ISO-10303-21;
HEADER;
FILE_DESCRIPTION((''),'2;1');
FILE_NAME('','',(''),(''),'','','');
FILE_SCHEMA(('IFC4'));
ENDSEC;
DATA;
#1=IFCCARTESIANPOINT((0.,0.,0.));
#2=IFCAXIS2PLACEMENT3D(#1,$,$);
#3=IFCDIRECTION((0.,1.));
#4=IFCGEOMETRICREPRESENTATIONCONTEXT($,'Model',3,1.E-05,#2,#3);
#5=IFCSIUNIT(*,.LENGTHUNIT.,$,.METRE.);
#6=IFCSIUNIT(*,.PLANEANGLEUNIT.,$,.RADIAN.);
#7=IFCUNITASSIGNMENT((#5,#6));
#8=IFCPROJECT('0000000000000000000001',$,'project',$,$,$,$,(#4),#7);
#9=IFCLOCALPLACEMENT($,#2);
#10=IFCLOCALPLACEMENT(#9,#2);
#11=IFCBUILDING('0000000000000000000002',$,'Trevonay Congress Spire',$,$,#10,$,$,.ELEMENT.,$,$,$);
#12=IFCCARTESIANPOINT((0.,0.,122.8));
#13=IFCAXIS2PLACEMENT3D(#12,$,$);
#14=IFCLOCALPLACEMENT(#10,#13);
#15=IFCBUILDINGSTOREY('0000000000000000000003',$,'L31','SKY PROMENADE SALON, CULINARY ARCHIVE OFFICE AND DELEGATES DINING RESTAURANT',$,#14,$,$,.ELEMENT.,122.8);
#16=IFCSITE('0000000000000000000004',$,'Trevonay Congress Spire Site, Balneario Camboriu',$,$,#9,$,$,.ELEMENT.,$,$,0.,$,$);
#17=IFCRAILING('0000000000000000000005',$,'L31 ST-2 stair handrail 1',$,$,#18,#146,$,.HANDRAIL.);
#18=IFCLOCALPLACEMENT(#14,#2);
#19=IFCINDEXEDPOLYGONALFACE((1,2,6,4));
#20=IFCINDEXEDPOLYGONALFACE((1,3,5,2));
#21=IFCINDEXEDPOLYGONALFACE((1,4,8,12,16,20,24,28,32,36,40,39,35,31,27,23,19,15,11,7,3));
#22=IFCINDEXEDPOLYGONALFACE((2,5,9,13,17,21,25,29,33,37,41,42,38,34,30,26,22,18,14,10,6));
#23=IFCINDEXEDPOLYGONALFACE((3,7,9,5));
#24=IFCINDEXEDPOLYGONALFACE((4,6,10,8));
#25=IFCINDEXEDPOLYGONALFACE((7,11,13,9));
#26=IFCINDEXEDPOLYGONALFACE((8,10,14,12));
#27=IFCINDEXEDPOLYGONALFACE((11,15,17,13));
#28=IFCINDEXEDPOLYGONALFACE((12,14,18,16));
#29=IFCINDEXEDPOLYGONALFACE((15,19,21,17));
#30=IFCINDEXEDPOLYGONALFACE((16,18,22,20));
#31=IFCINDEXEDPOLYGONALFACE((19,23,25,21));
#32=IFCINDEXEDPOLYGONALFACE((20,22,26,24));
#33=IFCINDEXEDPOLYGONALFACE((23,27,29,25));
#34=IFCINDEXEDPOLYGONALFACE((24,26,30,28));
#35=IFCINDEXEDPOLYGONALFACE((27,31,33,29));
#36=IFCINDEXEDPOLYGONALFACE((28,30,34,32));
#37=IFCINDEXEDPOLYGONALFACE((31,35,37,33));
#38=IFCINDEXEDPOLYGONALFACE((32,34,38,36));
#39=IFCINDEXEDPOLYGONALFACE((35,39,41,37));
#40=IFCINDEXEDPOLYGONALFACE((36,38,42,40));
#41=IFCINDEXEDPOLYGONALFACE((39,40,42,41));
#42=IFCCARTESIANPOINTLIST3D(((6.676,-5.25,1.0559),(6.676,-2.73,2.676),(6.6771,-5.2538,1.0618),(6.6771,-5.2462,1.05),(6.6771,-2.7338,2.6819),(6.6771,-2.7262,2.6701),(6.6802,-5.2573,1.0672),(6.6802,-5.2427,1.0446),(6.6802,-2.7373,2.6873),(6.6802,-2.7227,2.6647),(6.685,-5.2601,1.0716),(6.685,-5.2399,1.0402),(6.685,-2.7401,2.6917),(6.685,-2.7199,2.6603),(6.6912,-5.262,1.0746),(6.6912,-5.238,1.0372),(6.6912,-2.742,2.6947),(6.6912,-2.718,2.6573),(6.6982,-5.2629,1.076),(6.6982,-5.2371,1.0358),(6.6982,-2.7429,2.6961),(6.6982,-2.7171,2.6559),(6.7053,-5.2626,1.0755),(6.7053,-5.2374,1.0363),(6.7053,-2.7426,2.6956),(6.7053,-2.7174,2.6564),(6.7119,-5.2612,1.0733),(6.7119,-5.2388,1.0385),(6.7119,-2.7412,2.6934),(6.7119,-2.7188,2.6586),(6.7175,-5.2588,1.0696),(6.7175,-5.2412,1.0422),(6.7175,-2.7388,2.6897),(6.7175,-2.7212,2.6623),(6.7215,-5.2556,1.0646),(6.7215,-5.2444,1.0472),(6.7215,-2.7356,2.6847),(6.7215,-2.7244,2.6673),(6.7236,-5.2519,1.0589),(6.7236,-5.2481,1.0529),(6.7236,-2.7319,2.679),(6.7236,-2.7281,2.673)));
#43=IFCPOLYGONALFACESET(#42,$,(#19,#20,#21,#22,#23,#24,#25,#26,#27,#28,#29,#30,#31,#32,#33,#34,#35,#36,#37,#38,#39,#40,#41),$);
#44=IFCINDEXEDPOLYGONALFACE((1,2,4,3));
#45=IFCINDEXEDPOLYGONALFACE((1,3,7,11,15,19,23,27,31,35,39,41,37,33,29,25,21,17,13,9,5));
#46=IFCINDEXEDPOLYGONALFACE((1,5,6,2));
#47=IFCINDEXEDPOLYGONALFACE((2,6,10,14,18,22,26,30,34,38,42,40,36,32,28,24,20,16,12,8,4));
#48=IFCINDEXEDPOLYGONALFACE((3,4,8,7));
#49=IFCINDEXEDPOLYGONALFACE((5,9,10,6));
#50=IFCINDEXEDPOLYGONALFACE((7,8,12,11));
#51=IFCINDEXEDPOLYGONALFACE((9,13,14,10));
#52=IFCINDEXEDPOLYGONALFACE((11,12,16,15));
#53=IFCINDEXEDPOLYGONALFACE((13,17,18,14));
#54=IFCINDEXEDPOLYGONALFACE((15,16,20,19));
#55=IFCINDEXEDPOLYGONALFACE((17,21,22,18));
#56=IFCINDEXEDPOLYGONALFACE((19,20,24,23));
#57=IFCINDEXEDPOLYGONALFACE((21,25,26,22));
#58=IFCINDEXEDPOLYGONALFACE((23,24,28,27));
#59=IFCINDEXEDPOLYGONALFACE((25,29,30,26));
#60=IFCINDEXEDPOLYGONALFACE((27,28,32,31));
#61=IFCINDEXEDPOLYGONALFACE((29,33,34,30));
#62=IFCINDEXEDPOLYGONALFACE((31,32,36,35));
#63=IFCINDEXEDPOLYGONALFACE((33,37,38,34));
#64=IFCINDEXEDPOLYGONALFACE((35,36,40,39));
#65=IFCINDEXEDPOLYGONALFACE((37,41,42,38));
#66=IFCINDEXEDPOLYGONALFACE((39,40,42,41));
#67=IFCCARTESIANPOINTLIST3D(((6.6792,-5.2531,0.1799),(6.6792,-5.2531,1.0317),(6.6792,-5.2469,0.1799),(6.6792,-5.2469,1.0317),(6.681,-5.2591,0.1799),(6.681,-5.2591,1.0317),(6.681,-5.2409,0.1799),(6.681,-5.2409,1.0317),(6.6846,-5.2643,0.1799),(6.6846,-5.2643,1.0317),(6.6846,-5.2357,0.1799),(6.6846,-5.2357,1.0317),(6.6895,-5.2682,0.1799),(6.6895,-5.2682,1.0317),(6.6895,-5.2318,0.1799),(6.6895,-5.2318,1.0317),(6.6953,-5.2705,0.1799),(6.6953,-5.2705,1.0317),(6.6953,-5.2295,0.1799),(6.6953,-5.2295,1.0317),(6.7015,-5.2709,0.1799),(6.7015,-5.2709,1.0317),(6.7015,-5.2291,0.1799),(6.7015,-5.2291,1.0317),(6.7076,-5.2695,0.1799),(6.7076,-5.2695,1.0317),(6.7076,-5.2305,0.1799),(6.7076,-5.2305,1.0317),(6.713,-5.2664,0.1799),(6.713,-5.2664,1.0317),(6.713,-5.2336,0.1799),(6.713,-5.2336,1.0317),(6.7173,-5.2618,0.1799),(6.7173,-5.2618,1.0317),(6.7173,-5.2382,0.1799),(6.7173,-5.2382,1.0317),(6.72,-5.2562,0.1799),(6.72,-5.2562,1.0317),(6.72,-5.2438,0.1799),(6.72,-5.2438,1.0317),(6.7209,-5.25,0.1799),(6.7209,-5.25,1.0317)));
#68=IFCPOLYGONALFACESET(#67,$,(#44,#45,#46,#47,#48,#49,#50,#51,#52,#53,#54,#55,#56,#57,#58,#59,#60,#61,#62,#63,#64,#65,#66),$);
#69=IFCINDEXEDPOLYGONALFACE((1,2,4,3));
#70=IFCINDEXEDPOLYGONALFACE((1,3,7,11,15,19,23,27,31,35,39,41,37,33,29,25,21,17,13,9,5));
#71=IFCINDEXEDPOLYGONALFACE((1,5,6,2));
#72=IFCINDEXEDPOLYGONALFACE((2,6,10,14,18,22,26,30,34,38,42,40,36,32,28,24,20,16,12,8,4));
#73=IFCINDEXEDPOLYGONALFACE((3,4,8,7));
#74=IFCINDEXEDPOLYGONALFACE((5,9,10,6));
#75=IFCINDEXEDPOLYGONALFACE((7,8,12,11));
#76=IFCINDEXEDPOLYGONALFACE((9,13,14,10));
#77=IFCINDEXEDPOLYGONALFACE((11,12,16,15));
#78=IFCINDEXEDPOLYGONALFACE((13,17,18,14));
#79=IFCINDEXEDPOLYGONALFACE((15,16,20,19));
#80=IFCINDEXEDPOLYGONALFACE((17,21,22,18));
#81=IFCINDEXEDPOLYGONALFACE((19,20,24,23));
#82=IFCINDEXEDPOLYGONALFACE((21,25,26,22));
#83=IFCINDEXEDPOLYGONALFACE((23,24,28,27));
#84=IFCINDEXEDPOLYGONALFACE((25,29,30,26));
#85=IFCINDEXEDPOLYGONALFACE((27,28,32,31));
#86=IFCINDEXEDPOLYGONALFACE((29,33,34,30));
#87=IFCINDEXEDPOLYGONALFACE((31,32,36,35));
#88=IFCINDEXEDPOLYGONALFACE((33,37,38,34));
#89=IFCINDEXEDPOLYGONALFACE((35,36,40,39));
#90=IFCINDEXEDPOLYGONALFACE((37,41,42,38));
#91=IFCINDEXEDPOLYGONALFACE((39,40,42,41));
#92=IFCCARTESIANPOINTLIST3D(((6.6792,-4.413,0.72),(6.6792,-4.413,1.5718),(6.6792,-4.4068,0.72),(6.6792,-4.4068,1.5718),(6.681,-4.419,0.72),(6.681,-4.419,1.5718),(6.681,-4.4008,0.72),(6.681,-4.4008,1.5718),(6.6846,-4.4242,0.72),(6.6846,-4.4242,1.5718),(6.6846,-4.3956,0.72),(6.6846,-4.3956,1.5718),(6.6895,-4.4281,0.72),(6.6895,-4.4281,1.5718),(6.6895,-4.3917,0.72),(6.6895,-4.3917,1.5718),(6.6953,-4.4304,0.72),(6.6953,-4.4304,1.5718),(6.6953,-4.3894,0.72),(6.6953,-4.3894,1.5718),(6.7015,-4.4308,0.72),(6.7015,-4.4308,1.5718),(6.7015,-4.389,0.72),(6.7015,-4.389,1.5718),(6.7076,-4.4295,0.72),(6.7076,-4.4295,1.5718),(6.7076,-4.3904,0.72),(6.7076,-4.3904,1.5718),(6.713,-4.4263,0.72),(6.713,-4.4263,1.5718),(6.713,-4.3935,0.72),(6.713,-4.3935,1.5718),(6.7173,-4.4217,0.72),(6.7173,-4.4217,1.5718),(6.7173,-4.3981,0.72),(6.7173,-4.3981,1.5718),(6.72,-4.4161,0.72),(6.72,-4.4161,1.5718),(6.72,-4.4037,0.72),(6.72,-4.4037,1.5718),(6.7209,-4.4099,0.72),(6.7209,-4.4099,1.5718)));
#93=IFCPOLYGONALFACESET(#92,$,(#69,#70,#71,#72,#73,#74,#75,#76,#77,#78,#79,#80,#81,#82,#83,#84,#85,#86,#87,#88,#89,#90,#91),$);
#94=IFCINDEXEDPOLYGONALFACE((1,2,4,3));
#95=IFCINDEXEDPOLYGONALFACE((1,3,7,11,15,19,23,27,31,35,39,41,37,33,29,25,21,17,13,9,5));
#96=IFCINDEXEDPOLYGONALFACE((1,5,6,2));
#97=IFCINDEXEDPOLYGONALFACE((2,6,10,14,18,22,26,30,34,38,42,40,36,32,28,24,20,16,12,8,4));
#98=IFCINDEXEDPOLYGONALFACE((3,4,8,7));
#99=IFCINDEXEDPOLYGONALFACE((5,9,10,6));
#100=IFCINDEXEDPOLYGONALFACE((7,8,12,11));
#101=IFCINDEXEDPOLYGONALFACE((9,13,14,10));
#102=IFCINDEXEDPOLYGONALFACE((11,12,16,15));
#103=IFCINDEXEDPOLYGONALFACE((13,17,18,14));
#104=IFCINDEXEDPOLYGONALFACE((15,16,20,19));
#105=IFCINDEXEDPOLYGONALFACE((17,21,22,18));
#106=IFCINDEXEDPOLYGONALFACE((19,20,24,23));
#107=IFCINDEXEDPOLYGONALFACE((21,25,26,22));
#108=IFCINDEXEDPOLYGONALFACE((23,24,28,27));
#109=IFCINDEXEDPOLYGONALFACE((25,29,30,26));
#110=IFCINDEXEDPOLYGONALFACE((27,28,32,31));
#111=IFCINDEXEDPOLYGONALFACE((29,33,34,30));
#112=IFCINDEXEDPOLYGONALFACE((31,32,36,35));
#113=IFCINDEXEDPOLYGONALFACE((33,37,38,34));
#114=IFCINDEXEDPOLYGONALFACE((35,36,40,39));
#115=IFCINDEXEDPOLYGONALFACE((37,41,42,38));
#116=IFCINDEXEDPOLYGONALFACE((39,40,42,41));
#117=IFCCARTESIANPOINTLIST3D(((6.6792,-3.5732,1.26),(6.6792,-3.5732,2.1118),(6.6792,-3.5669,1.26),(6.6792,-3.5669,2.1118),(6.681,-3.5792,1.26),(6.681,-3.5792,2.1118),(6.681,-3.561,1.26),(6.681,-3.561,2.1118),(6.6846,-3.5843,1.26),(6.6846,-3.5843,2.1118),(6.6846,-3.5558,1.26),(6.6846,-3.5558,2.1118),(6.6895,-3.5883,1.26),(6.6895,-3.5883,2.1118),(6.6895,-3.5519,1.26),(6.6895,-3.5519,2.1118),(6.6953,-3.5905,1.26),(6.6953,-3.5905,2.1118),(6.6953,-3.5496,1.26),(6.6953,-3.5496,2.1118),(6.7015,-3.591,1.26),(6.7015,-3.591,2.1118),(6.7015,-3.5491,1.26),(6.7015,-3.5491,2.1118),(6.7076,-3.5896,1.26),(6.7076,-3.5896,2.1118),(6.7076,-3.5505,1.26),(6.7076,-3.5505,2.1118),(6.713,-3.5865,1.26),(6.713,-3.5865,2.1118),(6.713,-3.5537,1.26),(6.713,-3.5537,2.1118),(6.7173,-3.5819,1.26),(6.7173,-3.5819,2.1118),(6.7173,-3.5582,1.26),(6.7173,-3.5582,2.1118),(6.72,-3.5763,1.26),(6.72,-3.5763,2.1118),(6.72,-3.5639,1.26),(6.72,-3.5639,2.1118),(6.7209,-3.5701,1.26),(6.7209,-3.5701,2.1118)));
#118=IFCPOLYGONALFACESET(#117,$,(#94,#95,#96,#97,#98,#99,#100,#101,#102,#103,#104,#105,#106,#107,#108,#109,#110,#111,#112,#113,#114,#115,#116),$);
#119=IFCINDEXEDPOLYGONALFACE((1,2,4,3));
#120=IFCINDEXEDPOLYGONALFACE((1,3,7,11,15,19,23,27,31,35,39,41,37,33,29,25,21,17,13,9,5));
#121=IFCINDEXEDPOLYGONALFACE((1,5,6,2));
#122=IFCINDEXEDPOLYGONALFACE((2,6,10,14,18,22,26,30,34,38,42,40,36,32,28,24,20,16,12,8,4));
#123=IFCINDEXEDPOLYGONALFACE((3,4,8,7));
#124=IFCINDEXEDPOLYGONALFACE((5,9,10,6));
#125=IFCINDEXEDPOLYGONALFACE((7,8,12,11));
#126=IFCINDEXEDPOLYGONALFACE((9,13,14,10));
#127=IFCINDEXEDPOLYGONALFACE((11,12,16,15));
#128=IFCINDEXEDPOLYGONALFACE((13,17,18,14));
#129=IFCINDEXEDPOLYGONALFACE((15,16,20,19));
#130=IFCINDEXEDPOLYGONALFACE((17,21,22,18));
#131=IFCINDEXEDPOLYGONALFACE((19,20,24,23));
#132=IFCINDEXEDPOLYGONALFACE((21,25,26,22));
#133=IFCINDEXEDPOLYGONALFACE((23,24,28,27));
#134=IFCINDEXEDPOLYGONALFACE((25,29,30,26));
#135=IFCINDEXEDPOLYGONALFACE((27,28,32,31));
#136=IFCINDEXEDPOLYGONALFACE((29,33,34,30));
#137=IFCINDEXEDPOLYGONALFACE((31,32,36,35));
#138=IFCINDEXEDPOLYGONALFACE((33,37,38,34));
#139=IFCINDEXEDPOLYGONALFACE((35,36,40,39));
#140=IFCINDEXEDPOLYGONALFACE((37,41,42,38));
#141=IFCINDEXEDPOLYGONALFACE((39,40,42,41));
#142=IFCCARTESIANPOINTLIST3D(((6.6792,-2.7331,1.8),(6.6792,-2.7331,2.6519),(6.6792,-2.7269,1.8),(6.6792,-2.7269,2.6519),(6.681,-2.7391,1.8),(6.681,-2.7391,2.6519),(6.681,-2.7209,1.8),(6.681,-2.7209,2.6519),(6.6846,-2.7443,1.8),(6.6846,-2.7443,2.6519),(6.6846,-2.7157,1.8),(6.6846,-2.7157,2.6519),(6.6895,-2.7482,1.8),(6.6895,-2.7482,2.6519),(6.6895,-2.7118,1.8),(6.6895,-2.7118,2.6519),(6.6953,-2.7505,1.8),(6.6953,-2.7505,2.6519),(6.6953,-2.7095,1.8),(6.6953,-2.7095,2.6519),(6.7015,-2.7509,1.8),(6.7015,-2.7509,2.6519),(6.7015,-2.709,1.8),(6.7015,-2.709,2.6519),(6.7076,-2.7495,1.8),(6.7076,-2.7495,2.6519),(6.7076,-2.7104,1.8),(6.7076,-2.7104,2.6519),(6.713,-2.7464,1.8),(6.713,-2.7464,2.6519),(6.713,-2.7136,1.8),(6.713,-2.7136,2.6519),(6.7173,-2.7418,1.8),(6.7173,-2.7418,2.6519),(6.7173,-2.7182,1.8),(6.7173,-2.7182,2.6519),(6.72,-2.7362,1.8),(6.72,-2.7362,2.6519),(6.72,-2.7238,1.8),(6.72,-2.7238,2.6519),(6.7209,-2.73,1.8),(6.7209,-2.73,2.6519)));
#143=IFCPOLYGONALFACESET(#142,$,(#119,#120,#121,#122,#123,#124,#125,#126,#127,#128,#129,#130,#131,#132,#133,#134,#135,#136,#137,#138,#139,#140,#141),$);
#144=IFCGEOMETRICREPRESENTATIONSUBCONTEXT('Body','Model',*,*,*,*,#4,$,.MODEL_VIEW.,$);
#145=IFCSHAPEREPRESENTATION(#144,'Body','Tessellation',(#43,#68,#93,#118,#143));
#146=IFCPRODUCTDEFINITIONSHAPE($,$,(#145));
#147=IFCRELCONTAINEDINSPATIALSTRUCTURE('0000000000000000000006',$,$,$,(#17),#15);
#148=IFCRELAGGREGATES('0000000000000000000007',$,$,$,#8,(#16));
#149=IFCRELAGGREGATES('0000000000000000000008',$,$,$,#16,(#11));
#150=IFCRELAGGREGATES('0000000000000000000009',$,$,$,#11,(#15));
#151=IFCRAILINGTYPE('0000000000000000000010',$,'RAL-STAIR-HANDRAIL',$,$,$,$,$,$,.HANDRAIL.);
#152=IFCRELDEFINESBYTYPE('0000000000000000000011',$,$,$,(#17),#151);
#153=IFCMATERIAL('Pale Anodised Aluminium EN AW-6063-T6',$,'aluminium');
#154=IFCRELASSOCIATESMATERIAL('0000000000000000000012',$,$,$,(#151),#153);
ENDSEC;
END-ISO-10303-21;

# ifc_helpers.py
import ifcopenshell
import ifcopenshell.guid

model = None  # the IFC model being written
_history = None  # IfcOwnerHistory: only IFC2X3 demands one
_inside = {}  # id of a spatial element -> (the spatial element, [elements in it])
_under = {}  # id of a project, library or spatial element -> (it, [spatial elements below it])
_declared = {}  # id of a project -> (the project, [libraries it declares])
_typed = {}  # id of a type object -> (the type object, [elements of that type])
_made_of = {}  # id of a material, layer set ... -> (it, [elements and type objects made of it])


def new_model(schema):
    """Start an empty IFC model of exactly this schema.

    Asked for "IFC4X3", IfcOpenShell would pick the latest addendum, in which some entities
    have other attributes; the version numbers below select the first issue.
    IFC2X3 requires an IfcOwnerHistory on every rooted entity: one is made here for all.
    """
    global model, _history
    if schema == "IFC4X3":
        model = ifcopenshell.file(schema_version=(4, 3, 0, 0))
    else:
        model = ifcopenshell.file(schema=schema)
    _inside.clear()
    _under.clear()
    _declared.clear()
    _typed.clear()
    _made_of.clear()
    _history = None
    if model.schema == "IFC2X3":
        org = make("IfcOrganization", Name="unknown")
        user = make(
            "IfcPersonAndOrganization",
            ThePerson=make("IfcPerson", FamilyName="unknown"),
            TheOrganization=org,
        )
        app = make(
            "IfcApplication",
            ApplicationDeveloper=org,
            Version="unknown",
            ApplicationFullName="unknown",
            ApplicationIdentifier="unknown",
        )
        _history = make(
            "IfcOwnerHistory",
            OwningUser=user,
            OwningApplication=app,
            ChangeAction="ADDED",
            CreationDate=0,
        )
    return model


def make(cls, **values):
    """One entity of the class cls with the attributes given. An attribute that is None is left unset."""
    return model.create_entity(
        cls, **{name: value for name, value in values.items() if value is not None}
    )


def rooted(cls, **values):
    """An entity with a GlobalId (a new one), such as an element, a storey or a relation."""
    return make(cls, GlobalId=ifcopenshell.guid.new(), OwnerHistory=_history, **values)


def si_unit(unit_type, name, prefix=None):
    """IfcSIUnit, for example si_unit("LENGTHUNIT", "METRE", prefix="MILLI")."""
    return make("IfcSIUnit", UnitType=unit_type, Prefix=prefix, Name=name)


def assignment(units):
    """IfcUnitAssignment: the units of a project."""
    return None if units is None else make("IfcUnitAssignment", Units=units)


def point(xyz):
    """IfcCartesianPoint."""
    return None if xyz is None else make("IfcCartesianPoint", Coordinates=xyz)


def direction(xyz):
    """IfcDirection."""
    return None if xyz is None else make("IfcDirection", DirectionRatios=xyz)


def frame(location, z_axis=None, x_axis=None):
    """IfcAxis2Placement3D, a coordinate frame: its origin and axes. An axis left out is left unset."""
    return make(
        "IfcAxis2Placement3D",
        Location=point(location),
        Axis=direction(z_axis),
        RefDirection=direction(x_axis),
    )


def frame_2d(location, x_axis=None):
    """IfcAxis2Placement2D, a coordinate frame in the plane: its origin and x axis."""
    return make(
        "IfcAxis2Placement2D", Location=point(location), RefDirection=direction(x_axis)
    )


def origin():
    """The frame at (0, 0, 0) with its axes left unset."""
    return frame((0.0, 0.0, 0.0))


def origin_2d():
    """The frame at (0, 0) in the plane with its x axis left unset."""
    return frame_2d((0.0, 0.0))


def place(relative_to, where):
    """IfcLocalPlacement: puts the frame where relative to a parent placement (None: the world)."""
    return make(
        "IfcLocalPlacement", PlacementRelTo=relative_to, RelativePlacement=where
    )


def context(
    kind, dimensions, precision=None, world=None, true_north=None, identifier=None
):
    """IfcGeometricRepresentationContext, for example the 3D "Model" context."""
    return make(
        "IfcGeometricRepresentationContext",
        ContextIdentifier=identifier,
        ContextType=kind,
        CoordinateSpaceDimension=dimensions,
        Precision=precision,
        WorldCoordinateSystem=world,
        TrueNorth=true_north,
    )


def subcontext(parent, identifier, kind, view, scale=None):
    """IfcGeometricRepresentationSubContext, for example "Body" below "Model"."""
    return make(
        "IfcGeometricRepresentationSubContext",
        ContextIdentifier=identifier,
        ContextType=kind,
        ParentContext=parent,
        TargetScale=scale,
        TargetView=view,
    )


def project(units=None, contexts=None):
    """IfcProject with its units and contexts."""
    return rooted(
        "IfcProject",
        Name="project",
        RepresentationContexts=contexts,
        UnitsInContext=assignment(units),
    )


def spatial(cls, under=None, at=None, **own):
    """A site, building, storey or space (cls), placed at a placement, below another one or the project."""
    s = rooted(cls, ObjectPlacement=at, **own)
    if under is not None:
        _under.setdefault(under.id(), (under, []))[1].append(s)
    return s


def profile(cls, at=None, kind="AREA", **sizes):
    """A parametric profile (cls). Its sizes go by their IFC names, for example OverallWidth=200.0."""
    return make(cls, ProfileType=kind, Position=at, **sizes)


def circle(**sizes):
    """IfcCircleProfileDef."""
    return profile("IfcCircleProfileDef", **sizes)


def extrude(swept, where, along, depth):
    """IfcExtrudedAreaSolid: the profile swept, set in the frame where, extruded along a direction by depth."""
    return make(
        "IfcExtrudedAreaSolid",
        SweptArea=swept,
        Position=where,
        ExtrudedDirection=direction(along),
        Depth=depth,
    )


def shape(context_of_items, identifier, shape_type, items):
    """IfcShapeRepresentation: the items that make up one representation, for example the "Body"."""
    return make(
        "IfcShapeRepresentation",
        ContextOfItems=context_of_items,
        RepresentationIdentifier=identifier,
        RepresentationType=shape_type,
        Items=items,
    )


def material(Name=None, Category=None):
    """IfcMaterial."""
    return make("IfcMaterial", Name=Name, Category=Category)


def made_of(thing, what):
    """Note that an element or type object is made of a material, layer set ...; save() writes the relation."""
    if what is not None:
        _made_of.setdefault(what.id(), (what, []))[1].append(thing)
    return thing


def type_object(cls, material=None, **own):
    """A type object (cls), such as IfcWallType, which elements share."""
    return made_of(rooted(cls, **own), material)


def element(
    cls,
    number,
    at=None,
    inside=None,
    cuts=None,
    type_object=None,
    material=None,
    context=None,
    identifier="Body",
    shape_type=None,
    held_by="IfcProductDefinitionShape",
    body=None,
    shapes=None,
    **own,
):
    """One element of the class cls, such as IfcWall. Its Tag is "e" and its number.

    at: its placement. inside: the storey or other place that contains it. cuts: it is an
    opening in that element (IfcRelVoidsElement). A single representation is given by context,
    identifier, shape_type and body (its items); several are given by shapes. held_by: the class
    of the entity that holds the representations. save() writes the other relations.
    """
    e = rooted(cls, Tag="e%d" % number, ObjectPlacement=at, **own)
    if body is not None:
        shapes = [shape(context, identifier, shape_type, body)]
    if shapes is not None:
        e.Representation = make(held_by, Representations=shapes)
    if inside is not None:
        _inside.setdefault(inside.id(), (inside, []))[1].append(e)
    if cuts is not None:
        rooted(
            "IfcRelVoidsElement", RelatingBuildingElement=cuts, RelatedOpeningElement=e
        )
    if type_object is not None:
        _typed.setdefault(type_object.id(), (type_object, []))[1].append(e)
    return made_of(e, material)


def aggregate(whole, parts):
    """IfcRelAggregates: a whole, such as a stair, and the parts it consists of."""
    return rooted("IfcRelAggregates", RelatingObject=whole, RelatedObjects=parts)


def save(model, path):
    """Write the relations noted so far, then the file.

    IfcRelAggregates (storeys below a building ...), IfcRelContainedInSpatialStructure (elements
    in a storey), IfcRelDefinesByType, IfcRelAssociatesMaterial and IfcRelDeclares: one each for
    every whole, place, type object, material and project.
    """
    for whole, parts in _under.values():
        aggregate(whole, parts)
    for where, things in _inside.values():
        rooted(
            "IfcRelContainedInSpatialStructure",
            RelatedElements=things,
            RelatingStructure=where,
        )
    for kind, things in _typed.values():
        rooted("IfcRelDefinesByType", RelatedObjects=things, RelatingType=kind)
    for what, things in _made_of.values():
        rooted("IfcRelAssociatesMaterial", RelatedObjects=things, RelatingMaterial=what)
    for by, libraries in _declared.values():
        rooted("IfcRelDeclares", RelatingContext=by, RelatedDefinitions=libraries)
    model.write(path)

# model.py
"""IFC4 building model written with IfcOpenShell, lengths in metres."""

from ifc_helpers import new_model, si_unit, direction, frame, origin, origin_2d, place, context, subcontext, project, spatial, circle, extrude, material, type_object, element, save


model = new_model("IFC4")

# Units and contexts
model_context = context("Model", 3, precision=1e-05, world=origin(), true_north=direction((0.0, 1.0)))
body_context = subcontext(model_context, "Body", "Model", "MODEL_VIEW")
ifc_project = project(units=[si_unit("LENGTHUNIT", "METRE"), si_unit("PLANEANGLEUNIT", "RADIAN")], contexts=[model_context])

# Site, building, storey
site_placement = place(None, origin())
site = spatial("IfcSite", under=ifc_project, at=site_placement, Name="Trevonay Congress Spire Site, Balneario Camboriu", CompositionType="ELEMENT", RefElevation=0.0)
building_placement = place(site_placement, origin())
building = spatial("IfcBuilding", under=site, at=building_placement, Name="Trevonay Congress Spire", CompositionType="ELEMENT")
storey_placement = place(building_placement, frame((0.0, 0.0, 122.8)))
storey = spatial("IfcBuildingStorey", under=building, at=storey_placement, Name="L31", Description="SKY PROMENADE SALON, CULINARY ARCHIVE OFFICE AND DELEGATES DINING RESTAURANT", CompositionType="ELEMENT", Elevation=122.8)

# Railing
ifc_material_1 = material(Name="Pale Anodised Aluminium EN AW-6063-T6", Category="aluminium")
railing_type_1 = type_object("IfcRailingType", Name="RAL-STAIR-HANDRAIL", PredefinedType="HANDRAIL", material=ifc_material_1)
railing_1_placement = place(storey_placement, frame((6.7, -5.25, 0.1799)))
element("IfcRailing", 1, at=railing_1_placement, inside=storey, type_object=railing_type_1, Name="L31 ST-2 stair handrail 1", PredefinedType="HANDRAIL", context=body_context, shape_type="SweptSolid", body=[
    extrude(circle(Radius=0.0239, at=origin_2d()), frame((0.0, 0.0, 0.876), z_axis=(0.0, 0.841163, 0.540782), x_axis=(-1.0, 0.0, 0.0)), (0.0, 0.0, 1.0), 2.9958),
    extrude(circle(Radius=0.021, at=origin_2d()), origin(), (0.0, 0.0, 1.0), 0.8518),
    extrude(circle(Radius=0.021, at=origin_2d()), frame((0.0, 0.8401, 0.54)), (0.0, 0.0, 1.0), 0.8518),
    extrude(circle(Radius=0.021, at=origin_2d()), frame((0.0, 1.6799, 1.0801)), (0.0, 0.0, 1.0), 0.8518),
    extrude(circle(Radius=0.021, at=origin_2d()), frame((0.0, 2.52, 1.6201)), (0.0, 0.0, 1.0), 0.8518),
])

save(model, "model.ifc")
